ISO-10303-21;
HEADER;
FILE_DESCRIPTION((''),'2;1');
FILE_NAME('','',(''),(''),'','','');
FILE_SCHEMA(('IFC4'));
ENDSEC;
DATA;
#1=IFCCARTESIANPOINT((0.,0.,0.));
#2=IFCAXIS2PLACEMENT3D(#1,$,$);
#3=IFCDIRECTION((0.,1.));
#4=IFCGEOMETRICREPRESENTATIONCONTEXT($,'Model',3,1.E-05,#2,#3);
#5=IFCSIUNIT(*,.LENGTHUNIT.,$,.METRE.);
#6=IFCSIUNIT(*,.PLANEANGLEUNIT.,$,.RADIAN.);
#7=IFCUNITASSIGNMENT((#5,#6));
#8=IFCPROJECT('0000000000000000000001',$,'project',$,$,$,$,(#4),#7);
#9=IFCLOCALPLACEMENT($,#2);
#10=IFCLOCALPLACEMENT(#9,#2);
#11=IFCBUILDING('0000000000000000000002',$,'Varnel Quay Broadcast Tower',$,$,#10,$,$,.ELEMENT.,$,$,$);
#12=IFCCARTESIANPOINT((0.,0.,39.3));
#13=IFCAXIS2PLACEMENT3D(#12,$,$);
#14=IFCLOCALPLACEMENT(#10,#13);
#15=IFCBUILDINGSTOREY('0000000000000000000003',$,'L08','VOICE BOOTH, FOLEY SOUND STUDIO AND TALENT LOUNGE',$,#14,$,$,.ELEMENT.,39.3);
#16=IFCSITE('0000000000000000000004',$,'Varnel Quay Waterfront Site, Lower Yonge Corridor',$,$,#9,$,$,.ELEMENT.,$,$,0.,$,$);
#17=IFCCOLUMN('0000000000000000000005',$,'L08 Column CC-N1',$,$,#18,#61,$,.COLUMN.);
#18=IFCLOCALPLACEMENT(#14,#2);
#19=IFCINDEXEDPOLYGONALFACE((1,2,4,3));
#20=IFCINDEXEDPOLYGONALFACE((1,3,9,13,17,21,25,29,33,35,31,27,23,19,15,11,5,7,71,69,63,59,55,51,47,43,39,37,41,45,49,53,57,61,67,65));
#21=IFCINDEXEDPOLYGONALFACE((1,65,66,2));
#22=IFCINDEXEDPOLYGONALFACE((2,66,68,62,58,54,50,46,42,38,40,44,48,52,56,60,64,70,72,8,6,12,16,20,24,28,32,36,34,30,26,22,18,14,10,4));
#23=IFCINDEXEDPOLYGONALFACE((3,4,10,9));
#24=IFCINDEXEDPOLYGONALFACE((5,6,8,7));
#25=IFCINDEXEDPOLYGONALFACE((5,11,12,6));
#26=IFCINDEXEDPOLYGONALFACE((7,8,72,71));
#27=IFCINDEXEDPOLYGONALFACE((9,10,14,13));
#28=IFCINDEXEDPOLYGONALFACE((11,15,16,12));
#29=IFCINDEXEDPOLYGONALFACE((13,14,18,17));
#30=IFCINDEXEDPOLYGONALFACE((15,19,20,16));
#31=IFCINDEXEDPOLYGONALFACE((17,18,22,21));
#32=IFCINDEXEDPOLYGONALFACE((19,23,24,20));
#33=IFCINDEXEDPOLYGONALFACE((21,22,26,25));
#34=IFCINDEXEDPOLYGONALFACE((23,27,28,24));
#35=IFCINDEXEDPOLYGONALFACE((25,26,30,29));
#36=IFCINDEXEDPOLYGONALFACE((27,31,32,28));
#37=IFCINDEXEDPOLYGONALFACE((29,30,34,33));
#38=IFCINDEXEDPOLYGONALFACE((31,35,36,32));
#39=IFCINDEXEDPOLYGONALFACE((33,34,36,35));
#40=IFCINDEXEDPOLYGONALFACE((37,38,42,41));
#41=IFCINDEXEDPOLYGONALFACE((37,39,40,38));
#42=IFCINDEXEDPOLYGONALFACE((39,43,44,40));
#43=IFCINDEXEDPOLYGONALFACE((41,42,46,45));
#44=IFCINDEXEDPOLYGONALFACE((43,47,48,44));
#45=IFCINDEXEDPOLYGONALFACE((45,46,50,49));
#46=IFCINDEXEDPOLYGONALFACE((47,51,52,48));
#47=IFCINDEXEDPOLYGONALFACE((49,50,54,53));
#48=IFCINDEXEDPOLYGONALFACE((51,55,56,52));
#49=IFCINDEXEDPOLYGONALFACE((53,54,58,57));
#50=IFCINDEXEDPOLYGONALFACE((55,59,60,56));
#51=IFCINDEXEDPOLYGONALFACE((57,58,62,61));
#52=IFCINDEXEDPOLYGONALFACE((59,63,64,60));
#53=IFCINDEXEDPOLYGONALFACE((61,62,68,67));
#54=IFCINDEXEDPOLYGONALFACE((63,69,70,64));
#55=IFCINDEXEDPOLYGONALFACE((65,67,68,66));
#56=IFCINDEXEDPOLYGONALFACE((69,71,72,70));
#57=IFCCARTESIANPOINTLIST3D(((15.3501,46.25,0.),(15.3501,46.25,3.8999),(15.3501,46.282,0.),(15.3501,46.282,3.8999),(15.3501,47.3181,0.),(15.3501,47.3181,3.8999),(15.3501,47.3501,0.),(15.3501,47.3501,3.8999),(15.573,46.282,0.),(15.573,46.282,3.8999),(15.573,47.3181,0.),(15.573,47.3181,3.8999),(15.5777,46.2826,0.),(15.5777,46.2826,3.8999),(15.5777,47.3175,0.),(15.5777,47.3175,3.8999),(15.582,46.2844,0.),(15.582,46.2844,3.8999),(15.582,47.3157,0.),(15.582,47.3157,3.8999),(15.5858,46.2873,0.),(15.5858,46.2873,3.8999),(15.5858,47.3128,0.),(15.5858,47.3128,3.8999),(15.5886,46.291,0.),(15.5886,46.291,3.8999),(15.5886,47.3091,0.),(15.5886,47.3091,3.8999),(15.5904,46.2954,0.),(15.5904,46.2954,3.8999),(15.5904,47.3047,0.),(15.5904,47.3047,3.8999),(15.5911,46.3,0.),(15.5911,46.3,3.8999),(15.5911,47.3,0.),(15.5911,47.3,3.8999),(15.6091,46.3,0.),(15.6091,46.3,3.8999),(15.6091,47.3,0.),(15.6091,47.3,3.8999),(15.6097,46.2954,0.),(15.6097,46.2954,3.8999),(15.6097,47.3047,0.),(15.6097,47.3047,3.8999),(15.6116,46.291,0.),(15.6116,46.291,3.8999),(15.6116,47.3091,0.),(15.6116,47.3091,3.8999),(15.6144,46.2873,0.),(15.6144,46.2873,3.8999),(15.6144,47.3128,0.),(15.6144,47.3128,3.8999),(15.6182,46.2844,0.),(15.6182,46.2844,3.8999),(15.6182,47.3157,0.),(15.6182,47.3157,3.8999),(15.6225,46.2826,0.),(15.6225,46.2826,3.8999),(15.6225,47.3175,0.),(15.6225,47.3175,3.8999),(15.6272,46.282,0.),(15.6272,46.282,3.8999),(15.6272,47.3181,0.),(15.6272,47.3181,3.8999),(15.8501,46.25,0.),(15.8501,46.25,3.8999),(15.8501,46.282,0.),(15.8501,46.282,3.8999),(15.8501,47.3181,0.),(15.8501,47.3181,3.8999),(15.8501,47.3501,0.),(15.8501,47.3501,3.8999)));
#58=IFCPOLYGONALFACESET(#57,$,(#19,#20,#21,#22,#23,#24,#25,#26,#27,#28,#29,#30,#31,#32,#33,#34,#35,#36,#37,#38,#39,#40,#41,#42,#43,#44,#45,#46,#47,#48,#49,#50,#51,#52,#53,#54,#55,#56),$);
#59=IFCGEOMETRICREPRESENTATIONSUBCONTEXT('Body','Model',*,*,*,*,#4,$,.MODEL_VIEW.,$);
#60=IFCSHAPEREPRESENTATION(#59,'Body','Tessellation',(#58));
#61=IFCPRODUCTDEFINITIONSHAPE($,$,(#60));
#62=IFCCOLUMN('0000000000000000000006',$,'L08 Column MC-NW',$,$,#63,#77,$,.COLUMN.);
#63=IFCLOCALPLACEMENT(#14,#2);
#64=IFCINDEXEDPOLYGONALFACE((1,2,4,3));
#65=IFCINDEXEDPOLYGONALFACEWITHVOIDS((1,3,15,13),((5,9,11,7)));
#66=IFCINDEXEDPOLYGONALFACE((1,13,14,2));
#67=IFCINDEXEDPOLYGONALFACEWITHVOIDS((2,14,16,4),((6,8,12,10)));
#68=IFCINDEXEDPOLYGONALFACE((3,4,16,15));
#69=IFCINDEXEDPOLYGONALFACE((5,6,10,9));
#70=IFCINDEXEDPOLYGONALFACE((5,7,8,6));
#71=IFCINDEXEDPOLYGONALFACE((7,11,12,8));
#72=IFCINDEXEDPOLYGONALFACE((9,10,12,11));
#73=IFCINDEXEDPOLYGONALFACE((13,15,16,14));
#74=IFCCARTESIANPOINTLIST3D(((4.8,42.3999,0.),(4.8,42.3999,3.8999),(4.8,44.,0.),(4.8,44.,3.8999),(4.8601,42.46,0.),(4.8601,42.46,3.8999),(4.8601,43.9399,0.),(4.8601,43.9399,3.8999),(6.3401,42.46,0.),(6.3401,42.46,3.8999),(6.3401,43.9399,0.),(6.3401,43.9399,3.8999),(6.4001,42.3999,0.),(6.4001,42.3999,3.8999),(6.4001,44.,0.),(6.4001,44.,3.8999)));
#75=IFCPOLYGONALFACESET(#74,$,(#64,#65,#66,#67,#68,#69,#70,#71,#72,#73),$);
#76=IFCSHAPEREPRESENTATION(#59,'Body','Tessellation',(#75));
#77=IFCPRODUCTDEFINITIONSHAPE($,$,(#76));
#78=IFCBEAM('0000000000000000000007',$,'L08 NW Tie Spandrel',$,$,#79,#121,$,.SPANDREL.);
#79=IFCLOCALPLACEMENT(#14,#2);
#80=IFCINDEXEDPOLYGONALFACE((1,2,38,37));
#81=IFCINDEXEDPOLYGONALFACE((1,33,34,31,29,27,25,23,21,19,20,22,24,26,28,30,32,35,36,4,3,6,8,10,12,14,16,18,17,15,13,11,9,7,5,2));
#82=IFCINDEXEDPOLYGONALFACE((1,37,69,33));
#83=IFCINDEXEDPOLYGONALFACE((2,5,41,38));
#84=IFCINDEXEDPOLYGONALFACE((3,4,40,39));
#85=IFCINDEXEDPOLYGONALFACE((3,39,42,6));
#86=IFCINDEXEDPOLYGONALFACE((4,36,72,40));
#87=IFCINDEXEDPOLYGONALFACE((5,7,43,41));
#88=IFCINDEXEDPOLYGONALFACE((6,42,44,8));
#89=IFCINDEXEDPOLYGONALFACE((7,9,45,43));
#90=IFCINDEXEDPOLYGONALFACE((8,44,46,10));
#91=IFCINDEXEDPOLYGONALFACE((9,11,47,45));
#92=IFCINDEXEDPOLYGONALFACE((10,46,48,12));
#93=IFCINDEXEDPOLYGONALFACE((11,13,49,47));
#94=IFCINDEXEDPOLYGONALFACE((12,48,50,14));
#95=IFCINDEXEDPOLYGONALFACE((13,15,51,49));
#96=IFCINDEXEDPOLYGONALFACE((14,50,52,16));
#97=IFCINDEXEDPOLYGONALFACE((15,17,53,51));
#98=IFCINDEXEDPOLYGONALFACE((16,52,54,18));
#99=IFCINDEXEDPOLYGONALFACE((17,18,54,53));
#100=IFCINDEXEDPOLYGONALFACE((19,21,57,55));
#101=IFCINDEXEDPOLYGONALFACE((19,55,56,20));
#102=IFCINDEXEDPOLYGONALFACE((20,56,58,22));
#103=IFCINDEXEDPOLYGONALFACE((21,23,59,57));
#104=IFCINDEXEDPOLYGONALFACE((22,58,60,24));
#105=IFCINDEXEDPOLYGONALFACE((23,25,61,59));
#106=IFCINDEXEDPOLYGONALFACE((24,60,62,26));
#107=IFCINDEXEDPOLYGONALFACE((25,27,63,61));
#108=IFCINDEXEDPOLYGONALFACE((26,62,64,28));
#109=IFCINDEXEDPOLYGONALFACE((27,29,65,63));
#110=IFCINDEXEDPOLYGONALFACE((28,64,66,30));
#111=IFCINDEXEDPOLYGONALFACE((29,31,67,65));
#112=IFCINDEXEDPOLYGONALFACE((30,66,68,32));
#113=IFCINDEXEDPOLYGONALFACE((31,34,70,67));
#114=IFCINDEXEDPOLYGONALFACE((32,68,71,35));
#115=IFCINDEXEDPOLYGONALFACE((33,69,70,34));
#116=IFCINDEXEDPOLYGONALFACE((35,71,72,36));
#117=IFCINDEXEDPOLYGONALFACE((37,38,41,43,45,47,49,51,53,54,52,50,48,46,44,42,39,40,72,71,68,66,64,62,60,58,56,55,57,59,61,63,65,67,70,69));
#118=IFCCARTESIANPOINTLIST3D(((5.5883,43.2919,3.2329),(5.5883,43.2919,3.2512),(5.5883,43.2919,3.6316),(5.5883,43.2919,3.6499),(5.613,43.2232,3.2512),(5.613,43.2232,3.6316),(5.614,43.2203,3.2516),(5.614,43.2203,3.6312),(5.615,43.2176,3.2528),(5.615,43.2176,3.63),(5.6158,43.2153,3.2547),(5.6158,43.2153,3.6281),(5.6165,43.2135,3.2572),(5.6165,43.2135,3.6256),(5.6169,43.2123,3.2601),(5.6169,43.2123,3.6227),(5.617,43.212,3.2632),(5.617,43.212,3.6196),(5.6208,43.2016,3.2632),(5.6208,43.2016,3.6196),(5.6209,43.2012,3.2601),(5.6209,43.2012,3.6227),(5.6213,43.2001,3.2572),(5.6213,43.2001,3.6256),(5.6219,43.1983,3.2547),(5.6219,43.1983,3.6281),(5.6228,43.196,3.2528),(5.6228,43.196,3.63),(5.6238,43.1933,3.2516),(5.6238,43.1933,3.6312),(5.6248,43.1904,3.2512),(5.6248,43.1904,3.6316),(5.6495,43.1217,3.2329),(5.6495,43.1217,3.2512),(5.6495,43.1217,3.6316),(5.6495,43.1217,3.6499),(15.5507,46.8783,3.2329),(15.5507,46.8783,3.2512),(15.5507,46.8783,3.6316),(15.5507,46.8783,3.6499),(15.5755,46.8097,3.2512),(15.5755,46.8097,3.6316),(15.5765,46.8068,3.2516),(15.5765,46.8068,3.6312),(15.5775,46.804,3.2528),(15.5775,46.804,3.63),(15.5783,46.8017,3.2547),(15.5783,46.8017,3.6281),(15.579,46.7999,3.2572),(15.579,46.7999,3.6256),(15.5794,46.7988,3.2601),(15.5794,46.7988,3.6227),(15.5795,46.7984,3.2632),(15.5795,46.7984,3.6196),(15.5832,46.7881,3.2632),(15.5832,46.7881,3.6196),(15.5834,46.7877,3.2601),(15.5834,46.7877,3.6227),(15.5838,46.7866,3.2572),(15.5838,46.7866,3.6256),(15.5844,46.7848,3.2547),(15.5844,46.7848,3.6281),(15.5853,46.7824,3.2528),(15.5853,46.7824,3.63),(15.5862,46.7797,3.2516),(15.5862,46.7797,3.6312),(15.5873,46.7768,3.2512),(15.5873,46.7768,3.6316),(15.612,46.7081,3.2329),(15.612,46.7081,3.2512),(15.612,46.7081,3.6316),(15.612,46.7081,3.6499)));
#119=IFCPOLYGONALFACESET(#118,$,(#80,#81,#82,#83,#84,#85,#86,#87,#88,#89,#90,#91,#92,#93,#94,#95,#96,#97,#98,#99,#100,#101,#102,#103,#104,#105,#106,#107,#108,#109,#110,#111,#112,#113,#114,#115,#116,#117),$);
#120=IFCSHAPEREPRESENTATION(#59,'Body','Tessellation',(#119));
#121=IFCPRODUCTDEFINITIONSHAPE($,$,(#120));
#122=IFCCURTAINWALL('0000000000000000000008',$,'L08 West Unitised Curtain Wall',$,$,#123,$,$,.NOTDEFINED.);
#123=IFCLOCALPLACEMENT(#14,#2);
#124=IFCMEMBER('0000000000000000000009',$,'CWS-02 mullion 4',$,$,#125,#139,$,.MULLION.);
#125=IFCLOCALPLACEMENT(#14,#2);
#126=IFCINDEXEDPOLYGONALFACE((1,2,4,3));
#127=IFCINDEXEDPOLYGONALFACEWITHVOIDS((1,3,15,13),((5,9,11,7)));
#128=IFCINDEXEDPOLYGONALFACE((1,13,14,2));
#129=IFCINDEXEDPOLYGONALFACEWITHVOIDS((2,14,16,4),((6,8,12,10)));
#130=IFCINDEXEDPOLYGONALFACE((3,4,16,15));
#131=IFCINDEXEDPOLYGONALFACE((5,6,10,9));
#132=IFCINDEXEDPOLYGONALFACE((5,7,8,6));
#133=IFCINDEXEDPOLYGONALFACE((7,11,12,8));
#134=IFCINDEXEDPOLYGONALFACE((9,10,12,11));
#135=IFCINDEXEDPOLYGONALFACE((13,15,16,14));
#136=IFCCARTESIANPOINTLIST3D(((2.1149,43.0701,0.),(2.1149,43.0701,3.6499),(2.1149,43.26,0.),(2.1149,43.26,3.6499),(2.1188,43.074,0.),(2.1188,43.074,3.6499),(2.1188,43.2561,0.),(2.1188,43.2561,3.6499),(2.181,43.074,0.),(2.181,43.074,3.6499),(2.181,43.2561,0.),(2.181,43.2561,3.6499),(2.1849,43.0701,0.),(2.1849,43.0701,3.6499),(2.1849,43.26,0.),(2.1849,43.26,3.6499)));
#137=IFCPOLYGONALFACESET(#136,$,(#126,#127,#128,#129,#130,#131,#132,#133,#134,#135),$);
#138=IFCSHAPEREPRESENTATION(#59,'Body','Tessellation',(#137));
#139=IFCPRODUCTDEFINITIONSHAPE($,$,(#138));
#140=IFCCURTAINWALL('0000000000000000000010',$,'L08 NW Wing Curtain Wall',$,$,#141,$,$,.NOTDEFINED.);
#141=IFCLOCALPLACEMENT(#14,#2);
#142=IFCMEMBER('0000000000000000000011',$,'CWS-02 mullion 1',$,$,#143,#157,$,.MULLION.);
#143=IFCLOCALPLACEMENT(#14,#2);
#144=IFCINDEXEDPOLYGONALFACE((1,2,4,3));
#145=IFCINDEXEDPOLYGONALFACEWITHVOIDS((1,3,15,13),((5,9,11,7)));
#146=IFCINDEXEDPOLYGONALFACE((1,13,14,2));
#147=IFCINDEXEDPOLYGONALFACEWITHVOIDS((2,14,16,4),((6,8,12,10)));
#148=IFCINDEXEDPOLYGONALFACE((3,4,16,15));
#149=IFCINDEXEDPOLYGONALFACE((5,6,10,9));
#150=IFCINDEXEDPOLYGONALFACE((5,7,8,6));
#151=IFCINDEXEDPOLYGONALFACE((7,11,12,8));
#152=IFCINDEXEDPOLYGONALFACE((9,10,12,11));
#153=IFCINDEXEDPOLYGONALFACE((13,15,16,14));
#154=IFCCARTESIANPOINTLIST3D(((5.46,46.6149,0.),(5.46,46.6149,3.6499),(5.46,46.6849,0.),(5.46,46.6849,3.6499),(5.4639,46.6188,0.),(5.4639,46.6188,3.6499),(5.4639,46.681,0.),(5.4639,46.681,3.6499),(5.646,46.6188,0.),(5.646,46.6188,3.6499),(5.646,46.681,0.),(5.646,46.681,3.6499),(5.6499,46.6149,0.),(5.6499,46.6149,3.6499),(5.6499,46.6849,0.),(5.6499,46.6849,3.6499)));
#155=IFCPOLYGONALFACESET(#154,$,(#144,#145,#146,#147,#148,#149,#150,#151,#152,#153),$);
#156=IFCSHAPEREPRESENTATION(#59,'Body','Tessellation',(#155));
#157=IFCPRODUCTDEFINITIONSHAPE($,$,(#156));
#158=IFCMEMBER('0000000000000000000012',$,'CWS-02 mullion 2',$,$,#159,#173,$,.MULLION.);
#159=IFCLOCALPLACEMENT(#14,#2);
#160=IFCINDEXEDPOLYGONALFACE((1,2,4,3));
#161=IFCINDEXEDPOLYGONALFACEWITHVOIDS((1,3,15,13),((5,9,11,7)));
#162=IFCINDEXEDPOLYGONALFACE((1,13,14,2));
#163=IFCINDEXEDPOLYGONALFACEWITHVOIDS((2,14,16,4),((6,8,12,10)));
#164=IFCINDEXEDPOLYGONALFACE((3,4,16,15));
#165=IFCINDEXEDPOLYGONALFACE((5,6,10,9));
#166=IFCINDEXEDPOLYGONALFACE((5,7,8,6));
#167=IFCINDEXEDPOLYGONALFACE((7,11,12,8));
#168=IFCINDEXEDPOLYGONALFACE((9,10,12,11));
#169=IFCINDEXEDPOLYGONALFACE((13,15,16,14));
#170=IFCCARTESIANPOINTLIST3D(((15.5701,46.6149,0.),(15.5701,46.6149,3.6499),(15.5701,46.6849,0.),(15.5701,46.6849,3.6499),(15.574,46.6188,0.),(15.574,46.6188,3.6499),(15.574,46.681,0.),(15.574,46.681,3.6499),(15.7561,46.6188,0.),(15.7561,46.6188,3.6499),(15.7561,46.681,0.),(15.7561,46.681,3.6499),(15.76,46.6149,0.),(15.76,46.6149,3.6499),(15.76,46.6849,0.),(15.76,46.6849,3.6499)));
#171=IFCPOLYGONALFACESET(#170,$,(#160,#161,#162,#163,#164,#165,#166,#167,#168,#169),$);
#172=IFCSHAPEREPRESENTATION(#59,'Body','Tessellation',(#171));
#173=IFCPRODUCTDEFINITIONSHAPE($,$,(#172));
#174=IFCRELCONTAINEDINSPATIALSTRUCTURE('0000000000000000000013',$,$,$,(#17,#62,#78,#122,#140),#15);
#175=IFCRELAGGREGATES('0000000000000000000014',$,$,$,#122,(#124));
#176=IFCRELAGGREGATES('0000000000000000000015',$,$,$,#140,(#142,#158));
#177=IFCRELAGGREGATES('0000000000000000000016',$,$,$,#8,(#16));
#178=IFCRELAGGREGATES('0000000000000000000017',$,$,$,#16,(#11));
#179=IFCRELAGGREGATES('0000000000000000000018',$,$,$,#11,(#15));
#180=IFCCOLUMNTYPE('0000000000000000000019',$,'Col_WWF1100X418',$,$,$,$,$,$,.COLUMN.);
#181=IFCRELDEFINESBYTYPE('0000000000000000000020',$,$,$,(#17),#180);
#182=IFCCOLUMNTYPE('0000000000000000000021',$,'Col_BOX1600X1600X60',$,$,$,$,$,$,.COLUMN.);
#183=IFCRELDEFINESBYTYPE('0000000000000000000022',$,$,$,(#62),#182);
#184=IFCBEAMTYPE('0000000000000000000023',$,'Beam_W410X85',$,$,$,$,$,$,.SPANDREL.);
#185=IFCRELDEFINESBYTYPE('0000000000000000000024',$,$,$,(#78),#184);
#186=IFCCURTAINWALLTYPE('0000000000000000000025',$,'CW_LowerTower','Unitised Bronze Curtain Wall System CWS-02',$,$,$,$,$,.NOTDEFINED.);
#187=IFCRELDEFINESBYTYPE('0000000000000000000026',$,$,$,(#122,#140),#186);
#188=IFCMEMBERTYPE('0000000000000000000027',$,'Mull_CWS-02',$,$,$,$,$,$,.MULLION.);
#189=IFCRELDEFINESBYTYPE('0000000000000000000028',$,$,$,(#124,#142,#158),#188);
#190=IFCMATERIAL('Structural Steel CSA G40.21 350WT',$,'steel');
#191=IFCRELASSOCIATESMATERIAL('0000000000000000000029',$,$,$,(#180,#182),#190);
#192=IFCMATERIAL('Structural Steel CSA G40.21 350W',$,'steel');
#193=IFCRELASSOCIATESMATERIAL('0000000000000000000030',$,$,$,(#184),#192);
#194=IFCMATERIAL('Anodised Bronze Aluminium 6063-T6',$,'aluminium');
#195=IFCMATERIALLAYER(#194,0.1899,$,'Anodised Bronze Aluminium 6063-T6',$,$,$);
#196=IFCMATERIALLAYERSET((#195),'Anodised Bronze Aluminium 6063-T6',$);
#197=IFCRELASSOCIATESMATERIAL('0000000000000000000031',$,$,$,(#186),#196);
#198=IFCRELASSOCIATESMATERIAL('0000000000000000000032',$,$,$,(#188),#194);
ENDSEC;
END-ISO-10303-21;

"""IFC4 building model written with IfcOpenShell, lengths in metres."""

from ifc_helpers import new_model, si_unit, direction, frame, origin, origin_2d, place, context, subcontext, project, spatial, hollow_rectangle, i_section, extrude, source, transform, mapped, material, layer, layer_set, material_profile, profile_set, type_object, type_shapes, element, aggregate, save


model = new_model("IFC4")

# Units and contexts
model_context = context("Model", 3, precision=1e-05, world=origin(), true_north=direction((0.0, 1.0)))
body_context = subcontext(model_context, "Body", "Model", "MODEL_VIEW")
ifc_project = project(units=[si_unit("LENGTHUNIT", "METRE"), si_unit("PLANEANGLEUNIT", "RADIAN")], contexts=[model_context])

# Site, building, storey
site_placement = place(None, origin())
site = spatial("IfcSite", under=ifc_project, at=site_placement, Name="Varnel Quay Waterfront Site, Lower Yonge Corridor", CompositionType="ELEMENT", RefElevation=0.0)
building_placement = place(site_placement, origin())
building = spatial("IfcBuilding", under=site, at=building_placement, Name="Varnel Quay Broadcast Tower", CompositionType="ELEMENT")
storey_placement = place(building_placement, frame((0.0, 0.0, 39.3)))
storey = spatial("IfcBuildingStorey", under=building, at=storey_placement, Name="L08", Description="VOICE BOOTH, FOLEY SOUND STUDIO AND TALENT LOUNGE", CompositionType="ELEMENT", Elevation=39.3)

# Columns
ifc_material_1 = material(Name="Structural Steel CSA G40.21 350WT", Category="steel")
ifc_material_profile_1 = material_profile(ifc_material_1, i_section(OverallWidth=0.5, OverallDepth=1.1001, WebThickness=0.0181, FlangeThickness=0.032, FilletRadius=0.0181, at=origin_2d()), Name="WWF1100X418")
ifc_profile_set_1 = profile_set([ifc_material_profile_1], Name="Structural Steel CSA G40.21 350WT")
column_type_1 = type_object("IfcColumnType", Name="Col_WWF1100X418", PredefinedType="COLUMN", material=ifc_profile_set_1)
shared_shape_1 = source(origin(), body_context, "Body", "SweptSolid", [
    extrude(i_section(OverallWidth=0.5, OverallDepth=1.1001, WebThickness=0.0181, FlangeThickness=0.032, FilletRadius=0.0181, at=origin_2d()), origin(), (0.0, 0.0, 1.0), 3.8999),
])
type_shapes(column_type_1, [shared_shape_1])
column_1_placement = place(storey_placement, frame((15.6001, 46.8, 0.0), z_axis=(0.0, 0.0, 1.0), x_axis=(1.0, 0.0, 0.0)))
element("IfcColumn", 1, at=column_1_placement, inside=storey, type_object=column_type_1, Name="L08 Column CC-N1", PredefinedType="COLUMN", context=body_context, shape_type="MappedRepresentation", body=[
    mapped(shared_shape_1, transform((0.0, 0.0, 0.0), x_axis=(1.0, 0.0, 0.0), y_axis=(0.0, 1.0, 0.0), z_axis=(0.0, 0.0, 1.0), scale=1.0)),
])
ifc_material_profile_2 = material_profile(ifc_material_1, hollow_rectangle(XDim=1.6001, YDim=1.6001, WallThickness=0.0601, at=origin_2d()), Name="BOX1600X1600X60")
ifc_profile_set_2 = profile_set([ifc_material_profile_2], Name="Structural Steel CSA G40.21 350WT")
column_type_2 = type_object("IfcColumnType", Name="Col_BOX1600X1600X60", PredefinedType="COLUMN", material=ifc_profile_set_2)
shared_shape_2 = source(origin(), body_context, "Body", "SweptSolid", [
    extrude(hollow_rectangle(XDim=1.6001, YDim=1.6001, WallThickness=0.0601, at=origin_2d()), origin(), (0.0, 0.0, 1.0), 3.8999),
])
type_shapes(column_type_2, [shared_shape_2])
column_2_placement = place(storey_placement, frame((5.6001, 43.2, 0.0), z_axis=(0.0, 0.0, 1.0), x_axis=(1.0, 0.0, 0.0)))
element("IfcColumn", 2, at=column_2_placement, inside=storey, type_object=column_type_2, Name="L08 Column MC-NW", PredefinedType="COLUMN", context=body_context, shape_type="MappedRepresentation", body=[
    mapped(shared_shape_2, transform((0.0, 0.0, 0.0), x_axis=(1.0, 0.0, 0.0), y_axis=(0.0, 1.0, 0.0), z_axis=(0.0, 0.0, 1.0), scale=1.0)),
])

# Beam
ifc_material_2 = material(Name="Structural Steel CSA G40.21 350W", Category="steel")
ifc_material_profile_3 = material_profile(ifc_material_2, i_section(OverallWidth=0.1809, OverallDepth=0.417, WebThickness=0.011, FlangeThickness=0.0183, FilletRadius=0.012, at=origin_2d()), Name="W410X85")
ifc_profile_set_3 = profile_set([ifc_material_profile_3], Name="Structural Steel CSA G40.21 350W")
beam_type = type_object("IfcBeamType", Name="Beam_W410X85", PredefinedType="SPANDREL", material=ifc_profile_set_3)
shared_shape_3 = source(origin(), body_context, "Body", "SweptSolid", [
    extrude(i_section(OverallWidth=0.1809, OverallDepth=0.417, WebThickness=0.011, FlangeThickness=0.0183, FilletRadius=0.012, at=origin_2d()), origin(), (0.0, 0.0, 1.0), 10.5884),
])
type_shapes(beam_type, [shared_shape_3])
beam_placement = place(storey_placement, frame((5.6189, 43.2068, 3.4414), z_axis=(0.940889, 0.338716, 0.0), x_axis=(-0.338716, 0.940889, 0.0)))
element("IfcBeam", 3, at=beam_placement, inside=storey, type_object=beam_type, Name="L08 NW Tie Spandrel", PredefinedType="SPANDREL", context=body_context, shape_type="MappedRepresentation", body=[
    mapped(shared_shape_3, transform((0.0, 0.0, 0.0), x_axis=(1.0, 0.0, 0.0), y_axis=(0.0, 1.0, 0.0), z_axis=(0.0, 0.0, 1.0), scale=1.0)),
])

# Curtain wall, member
ifc_material_3 = material(Name="Anodised Bronze Aluminium 6063-T6", Category="aluminium")
ifc_layer_1 = layer(ifc_material_3, 0.1899, Name="Anodised Bronze Aluminium 6063-T6")
ifc_layer_set_1 = layer_set([ifc_layer_1], Name="Anodised Bronze Aluminium 6063-T6")
curtain_wall_type = type_object("IfcCurtainWallType", Name="CW_LowerTower", Description="Unitised Bronze Curtain Wall System CWS-02", PredefinedType="NOTDEFINED", material=ifc_layer_set_1)
curtain_wall_1_placement = place(storey_placement, origin())
curtain_wall_1 = element("IfcCurtainWall", 4, at=curtain_wall_1_placement, inside=storey, type_object=curtain_wall_type, Name="L08 West Unitised Curtain Wall", PredefinedType="NOTDEFINED")
ifc_material_profile_4 = material_profile(ifc_material_3, hollow_rectangle(XDim=0.0701, YDim=0.1899, WallThickness=0.0039, at=origin_2d()), Name="ALU70X190X4")
ifc_profile_set_4 = profile_set([ifc_material_profile_4], Name="Anodised Bronze Aluminium 6063-T6")
member_type_1 = type_object("IfcMemberType", Name="Mull_CWS-02", PredefinedType="MULLION", material=ifc_profile_set_4)
shared_shape_4 = source(origin(), body_context, "Body", "SweptSolid", [
    extrude(hollow_rectangle(XDim=0.0701, YDim=0.1899, WallThickness=0.0039, at=origin_2d()), origin(), (0.0, 0.0, 1.0), 3.6499),
])
type_shapes(member_type_1, [shared_shape_4])
member_1_placement = place(storey_placement, frame((2.1499, 43.165, 0.0), z_axis=(0.0, 0.0, 1.0), x_axis=(-1.0, 0.0, 0.0)))
member_1 = element("IfcMember", 5, at=member_1_placement, type_object=member_type_1, Name="CWS-02 mullion 4", PredefinedType="MULLION", context=body_context, shape_type="MappedRepresentation", body=[
    mapped(shared_shape_4, transform((0.0, 0.0, 0.0), x_axis=(1.0, 0.0, 0.0), y_axis=(0.0, 1.0, 0.0), z_axis=(0.0, 0.0, 1.0), scale=1.0)),
])

# Curtain wall, members
curtain_wall_2_placement = place(storey_placement, origin())
curtain_wall_2 = element("IfcCurtainWall", 6, at=curtain_wall_2_placement, inside=storey, type_object=curtain_wall_type, Name="L08 NW Wing Curtain Wall", PredefinedType="NOTDEFINED")
member_2_placement = place(storey_placement, frame((5.5549, 46.6499, 0.0), z_axis=(0.0, 0.0, 1.0), x_axis=(0.0, 1.0, 0.0)))
member_2 = element("IfcMember", 7, at=member_2_placement, type_object=member_type_1, Name="CWS-02 mullion 1", PredefinedType="MULLION", context=body_context, shape_type="MappedRepresentation", body=[
    mapped(shared_shape_4, transform((0.0, 0.0, 0.0), x_axis=(1.0, 0.0, 0.0), y_axis=(0.0, 1.0, 0.0), z_axis=(0.0, 0.0, 1.0), scale=1.0)),
])
member_3_placement = place(storey_placement, frame((15.665, 46.6499, 0.0), z_axis=(0.0, 0.0, 1.0), x_axis=(0.0, 1.0, 0.0)))
member_3 = element("IfcMember", 8, at=member_3_placement, type_object=member_type_1, Name="CWS-02 mullion 2", PredefinedType="MULLION", context=body_context, shape_type="MappedRepresentation", body=[
    mapped(shared_shape_4, transform((0.0, 0.0, 0.0), x_axis=(1.0, 0.0, 0.0), y_axis=(0.0, 1.0, 0.0), z_axis=(0.0, 0.0, 1.0), scale=1.0)),
])

aggregate(curtain_wall_1, [member_1])
aggregate(curtain_wall_2, [member_2, member_3])

save(model, "model.ifc")
